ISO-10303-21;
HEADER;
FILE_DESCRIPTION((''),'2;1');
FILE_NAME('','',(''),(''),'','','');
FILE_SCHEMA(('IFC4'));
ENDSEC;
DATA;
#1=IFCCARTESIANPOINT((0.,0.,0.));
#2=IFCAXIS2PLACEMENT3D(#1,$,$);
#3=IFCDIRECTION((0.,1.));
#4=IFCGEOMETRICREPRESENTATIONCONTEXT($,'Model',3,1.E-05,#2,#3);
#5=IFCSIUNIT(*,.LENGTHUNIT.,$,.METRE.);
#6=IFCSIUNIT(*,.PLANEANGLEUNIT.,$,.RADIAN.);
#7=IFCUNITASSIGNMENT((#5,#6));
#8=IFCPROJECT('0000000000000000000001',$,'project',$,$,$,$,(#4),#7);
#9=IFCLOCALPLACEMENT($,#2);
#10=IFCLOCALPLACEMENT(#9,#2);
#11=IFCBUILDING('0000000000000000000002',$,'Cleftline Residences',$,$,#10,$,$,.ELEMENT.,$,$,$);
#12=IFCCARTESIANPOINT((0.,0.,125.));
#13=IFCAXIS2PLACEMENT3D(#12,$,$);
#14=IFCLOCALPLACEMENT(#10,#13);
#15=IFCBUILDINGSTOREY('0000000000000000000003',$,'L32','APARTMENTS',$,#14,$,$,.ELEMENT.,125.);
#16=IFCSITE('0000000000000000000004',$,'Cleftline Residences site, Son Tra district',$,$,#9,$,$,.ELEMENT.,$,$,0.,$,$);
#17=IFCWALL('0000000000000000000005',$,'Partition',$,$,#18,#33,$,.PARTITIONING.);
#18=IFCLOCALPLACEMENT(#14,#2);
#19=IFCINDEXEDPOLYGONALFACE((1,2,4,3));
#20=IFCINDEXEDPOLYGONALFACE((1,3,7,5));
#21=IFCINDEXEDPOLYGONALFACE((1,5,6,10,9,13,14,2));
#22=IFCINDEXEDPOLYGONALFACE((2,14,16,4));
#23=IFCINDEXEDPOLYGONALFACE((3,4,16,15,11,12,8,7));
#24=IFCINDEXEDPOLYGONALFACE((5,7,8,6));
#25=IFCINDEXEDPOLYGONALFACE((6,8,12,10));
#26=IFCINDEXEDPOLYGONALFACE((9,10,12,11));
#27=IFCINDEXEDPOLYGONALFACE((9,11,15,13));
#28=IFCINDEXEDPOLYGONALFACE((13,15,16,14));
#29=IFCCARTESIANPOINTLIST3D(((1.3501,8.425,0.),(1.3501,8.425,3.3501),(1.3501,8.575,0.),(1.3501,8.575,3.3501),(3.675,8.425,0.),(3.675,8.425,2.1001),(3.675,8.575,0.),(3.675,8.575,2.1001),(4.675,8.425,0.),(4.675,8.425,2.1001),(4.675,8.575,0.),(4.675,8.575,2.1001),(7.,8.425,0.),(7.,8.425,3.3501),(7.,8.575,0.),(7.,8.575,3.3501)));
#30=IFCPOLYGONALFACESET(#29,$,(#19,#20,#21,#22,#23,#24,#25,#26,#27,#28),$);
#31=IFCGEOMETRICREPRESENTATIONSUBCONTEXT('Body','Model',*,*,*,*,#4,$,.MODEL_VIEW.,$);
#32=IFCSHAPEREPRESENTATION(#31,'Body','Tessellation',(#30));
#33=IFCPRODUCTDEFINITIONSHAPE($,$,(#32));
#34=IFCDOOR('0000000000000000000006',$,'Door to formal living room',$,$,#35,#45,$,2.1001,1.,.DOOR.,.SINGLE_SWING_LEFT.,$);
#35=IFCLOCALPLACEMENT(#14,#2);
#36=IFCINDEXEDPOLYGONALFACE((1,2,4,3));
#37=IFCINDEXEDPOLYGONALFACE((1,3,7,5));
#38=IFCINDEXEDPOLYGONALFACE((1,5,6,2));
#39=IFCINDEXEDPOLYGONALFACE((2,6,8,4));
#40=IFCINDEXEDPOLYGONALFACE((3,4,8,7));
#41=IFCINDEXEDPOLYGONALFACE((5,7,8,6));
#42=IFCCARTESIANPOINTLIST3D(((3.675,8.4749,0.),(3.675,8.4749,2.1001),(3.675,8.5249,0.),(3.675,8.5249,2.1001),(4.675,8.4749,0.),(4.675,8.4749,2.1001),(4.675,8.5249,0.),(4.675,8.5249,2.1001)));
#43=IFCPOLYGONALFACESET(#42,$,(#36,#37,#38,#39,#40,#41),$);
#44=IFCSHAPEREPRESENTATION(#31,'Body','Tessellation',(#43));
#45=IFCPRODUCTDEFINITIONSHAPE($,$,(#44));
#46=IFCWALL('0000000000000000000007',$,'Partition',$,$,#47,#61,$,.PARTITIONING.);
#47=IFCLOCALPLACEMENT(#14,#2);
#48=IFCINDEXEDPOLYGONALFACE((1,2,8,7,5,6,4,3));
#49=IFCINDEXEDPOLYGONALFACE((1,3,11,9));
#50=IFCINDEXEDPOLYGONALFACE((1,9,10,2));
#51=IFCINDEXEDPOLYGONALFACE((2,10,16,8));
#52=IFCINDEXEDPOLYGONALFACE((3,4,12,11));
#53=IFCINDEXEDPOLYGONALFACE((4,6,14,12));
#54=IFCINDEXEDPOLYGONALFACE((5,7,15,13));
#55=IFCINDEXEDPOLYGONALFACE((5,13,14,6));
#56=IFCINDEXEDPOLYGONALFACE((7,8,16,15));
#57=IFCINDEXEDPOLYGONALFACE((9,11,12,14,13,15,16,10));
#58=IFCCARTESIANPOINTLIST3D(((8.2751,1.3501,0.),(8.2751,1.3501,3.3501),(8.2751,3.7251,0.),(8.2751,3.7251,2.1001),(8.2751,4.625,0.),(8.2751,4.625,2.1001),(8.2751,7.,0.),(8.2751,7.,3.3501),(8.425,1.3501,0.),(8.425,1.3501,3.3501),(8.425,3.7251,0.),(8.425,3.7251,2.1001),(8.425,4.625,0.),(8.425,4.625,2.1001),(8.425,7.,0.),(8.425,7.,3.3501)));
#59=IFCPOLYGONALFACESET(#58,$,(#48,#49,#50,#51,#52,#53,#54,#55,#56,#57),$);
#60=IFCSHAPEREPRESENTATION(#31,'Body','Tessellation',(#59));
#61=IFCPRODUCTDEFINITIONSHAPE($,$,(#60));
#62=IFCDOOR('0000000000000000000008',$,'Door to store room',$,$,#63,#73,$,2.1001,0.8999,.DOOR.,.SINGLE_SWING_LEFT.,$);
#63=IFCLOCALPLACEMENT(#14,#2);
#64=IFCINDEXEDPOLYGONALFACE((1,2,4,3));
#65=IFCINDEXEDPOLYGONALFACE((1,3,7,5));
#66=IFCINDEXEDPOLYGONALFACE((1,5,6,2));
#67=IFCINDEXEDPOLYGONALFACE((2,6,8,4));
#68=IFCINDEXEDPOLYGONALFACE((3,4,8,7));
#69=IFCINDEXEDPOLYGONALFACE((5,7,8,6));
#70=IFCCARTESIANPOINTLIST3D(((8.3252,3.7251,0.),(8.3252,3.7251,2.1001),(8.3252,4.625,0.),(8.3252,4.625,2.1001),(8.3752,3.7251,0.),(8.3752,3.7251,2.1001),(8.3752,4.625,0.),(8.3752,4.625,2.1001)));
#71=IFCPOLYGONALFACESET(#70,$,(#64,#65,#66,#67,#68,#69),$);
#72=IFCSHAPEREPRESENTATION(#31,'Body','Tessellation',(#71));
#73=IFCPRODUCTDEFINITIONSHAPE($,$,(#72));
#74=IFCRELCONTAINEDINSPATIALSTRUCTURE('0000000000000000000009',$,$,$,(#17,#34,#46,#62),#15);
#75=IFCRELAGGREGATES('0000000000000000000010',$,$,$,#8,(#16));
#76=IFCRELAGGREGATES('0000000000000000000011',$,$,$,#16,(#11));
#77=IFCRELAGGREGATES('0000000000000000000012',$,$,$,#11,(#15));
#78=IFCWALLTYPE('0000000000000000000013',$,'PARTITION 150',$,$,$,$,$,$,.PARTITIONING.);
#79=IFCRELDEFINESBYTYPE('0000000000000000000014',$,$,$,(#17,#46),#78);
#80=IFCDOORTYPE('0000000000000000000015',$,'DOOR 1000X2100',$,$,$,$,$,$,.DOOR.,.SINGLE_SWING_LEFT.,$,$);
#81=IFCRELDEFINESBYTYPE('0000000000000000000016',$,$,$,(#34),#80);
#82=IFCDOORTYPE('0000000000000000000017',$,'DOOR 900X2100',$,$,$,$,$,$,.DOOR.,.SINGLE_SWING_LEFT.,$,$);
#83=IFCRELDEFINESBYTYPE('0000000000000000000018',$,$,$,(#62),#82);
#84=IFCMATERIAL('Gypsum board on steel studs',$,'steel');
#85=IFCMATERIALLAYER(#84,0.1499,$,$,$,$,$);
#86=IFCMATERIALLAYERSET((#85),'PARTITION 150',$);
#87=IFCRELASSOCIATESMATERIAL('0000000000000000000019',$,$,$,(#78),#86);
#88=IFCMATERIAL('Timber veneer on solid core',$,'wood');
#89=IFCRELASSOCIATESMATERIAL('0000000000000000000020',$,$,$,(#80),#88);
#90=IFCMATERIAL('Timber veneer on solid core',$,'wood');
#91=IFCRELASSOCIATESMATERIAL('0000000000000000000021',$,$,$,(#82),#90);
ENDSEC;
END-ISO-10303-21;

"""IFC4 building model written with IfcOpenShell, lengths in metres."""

from ifc_helpers import new_model, si_unit, direction, frame, frame_2d, origin, place, context, subcontext, project, spatial, rectangle, extrude, material, layer, layer_set, type_object, element, fill, save


model = new_model("IFC4")

# Units and contexts
model_context = context("Model", 3, precision=1e-05, world=origin(), true_north=direction((0.0, 1.0)))
body_context = subcontext(model_context, "Body", "Model", "MODEL_VIEW")
ifc_project = project(units=[si_unit("LENGTHUNIT", "METRE"), si_unit("PLANEANGLEUNIT", "RADIAN")], contexts=[model_context])

# Site, building, storey
site_placement = place(None, origin())
site = spatial("IfcSite", under=ifc_project, at=site_placement, Name="Cleftline Residences site, Son Tra district", CompositionType="ELEMENT", RefElevation=0.0)
building_placement = place(site_placement, origin())
building = spatial("IfcBuilding", under=site, at=building_placement, Name="Cleftline Residences", CompositionType="ELEMENT")
storey_placement = place(building_placement, frame((0.0, 0.0, 125.0)))
storey = spatial("IfcBuildingStorey", under=building, at=storey_placement, Name="L32", Description="APARTMENTS", CompositionType="ELEMENT", Elevation=125.0)

# Walls, openings, doors
ifc_material_1 = material(Name="Gypsum board on steel studs", Category="steel")
ifc_layer_1 = layer(ifc_material_1, 0.1499)
ifc_layer_set_1 = layer_set([ifc_layer_1], Name="PARTITION 150")
wall_type_1 = type_object("IfcWallType", Name="PARTITION 150", PredefinedType="PARTITIONING", material=ifc_layer_set_1)
wall_1_placement = place(storey_placement, frame((1.3501, 8.5, 0.0), z_axis=(0.0, 0.0, 1.0), x_axis=(1.0, 0.0, 0.0)))
wall_1 = element("IfcWall", 1, at=wall_1_placement, inside=storey, type_object=wall_type_1, Name="Partition", PredefinedType="PARTITIONING", context=body_context, shape_type="SweptSolid", body=[
    extrude(rectangle(XDim=5.6499, YDim=0.1499, at=frame_2d((2.825, 0.0))), origin(), (0.0, 0.0, 1.0), 3.3501),
])
opening_1_placement = place(wall_1_placement, frame((2.325, 0.0, 0.0)))
opening_1 = element("IfcOpeningElement", 2, at=opening_1_placement, cuts=wall_1, PredefinedType="OPENING", context=body_context, shape_type="SweptSolid", body=[
    extrude(rectangle(XDim=1.0, YDim=2.1001, at=frame_2d((0.5, 1.05))), frame((0.0, 0.085, 0.0), z_axis=(0.0, -1.0, 0.0), x_axis=(1.0, 0.0, 0.0)), (0.0, 0.0, 1.0), 0.1699),
])
ifc_material_2 = material(Name="Timber veneer on solid core", Category="wood")
door_type_1 = type_object("IfcDoorType", Name="DOOR 1000X2100", OperationType="SINGLE_SWING_LEFT", PredefinedType="DOOR", material=ifc_material_2)
door_1_placement = place(opening_1_placement, origin())
door_1 = element("IfcDoor", 3, at=door_1_placement, inside=storey, type_object=door_type_1, Name="Door to formal living room", OperationType="SINGLE_SWING_LEFT", OverallHeight=2.1001, OverallWidth=1.0, PredefinedType="DOOR", context=body_context, shape_type="SweptSolid", body=[
    extrude(rectangle(XDim=1.0, YDim=2.1001, at=frame_2d((0.5, 1.05))), frame((0.0, 0.0249, 0.0), z_axis=(0.0, -1.0, 0.0), x_axis=(1.0, 0.0, 0.0)), (0.0, 0.0, 1.0), 0.05),
])
fill(opening_1, door_1)
wall_2_placement = place(storey_placement, frame((8.3501, 1.3501, 0.0), z_axis=(0.0, 0.0, 1.0), x_axis=(0.0, 1.0, 0.0)))
wall_2 = element("IfcWall", 4, at=wall_2_placement, inside=storey, type_object=wall_type_1, Name="Partition", PredefinedType="PARTITIONING", context=body_context, shape_type="SweptSolid", body=[
    extrude(rectangle(XDim=5.6499, YDim=0.1499, at=frame_2d((2.825, 0.0))), origin(), (0.0, 0.0, 1.0), 3.3501),
])
opening_2_placement = place(wall_2_placement, frame((2.375, 0.0, 0.0)))
opening_2 = element("IfcOpeningElement", 5, at=opening_2_placement, cuts=wall_2, PredefinedType="OPENING", context=body_context, shape_type="SweptSolid", body=[
    extrude(rectangle(XDim=0.8999, YDim=2.1001, at=frame_2d((0.45, 1.05))), frame((0.0, 0.085, 0.0), z_axis=(0.0, -1.0, 0.0), x_axis=(1.0, 0.0, 0.0)), (0.0, 0.0, 1.0), 0.1699),
])
ifc_material_3 = material(Name="Timber veneer on solid core", Category="wood")
door_type_2 = type_object("IfcDoorType", Name="DOOR 900X2100", OperationType="SINGLE_SWING_LEFT", PredefinedType="DOOR", material=ifc_material_3)
door_2_placement = place(opening_2_placement, origin())
door_2 = element("IfcDoor", 6, at=door_2_placement, inside=storey, type_object=door_type_2, Name="Door to store room", OperationType="SINGLE_SWING_LEFT", OverallHeight=2.1001, OverallWidth=0.8999, PredefinedType="DOOR", context=body_context, shape_type="SweptSolid", body=[
    extrude(rectangle(XDim=0.8999, YDim=2.1001, at=frame_2d((0.45, 1.05))), frame((0.0, 0.0249, 0.0), z_axis=(0.0, -1.0, 0.0), x_axis=(1.0, 0.0, 0.0)), (0.0, 0.0, 1.0), 0.05),
])
fill(opening_2, door_2)

save(model, "model.ifc")
